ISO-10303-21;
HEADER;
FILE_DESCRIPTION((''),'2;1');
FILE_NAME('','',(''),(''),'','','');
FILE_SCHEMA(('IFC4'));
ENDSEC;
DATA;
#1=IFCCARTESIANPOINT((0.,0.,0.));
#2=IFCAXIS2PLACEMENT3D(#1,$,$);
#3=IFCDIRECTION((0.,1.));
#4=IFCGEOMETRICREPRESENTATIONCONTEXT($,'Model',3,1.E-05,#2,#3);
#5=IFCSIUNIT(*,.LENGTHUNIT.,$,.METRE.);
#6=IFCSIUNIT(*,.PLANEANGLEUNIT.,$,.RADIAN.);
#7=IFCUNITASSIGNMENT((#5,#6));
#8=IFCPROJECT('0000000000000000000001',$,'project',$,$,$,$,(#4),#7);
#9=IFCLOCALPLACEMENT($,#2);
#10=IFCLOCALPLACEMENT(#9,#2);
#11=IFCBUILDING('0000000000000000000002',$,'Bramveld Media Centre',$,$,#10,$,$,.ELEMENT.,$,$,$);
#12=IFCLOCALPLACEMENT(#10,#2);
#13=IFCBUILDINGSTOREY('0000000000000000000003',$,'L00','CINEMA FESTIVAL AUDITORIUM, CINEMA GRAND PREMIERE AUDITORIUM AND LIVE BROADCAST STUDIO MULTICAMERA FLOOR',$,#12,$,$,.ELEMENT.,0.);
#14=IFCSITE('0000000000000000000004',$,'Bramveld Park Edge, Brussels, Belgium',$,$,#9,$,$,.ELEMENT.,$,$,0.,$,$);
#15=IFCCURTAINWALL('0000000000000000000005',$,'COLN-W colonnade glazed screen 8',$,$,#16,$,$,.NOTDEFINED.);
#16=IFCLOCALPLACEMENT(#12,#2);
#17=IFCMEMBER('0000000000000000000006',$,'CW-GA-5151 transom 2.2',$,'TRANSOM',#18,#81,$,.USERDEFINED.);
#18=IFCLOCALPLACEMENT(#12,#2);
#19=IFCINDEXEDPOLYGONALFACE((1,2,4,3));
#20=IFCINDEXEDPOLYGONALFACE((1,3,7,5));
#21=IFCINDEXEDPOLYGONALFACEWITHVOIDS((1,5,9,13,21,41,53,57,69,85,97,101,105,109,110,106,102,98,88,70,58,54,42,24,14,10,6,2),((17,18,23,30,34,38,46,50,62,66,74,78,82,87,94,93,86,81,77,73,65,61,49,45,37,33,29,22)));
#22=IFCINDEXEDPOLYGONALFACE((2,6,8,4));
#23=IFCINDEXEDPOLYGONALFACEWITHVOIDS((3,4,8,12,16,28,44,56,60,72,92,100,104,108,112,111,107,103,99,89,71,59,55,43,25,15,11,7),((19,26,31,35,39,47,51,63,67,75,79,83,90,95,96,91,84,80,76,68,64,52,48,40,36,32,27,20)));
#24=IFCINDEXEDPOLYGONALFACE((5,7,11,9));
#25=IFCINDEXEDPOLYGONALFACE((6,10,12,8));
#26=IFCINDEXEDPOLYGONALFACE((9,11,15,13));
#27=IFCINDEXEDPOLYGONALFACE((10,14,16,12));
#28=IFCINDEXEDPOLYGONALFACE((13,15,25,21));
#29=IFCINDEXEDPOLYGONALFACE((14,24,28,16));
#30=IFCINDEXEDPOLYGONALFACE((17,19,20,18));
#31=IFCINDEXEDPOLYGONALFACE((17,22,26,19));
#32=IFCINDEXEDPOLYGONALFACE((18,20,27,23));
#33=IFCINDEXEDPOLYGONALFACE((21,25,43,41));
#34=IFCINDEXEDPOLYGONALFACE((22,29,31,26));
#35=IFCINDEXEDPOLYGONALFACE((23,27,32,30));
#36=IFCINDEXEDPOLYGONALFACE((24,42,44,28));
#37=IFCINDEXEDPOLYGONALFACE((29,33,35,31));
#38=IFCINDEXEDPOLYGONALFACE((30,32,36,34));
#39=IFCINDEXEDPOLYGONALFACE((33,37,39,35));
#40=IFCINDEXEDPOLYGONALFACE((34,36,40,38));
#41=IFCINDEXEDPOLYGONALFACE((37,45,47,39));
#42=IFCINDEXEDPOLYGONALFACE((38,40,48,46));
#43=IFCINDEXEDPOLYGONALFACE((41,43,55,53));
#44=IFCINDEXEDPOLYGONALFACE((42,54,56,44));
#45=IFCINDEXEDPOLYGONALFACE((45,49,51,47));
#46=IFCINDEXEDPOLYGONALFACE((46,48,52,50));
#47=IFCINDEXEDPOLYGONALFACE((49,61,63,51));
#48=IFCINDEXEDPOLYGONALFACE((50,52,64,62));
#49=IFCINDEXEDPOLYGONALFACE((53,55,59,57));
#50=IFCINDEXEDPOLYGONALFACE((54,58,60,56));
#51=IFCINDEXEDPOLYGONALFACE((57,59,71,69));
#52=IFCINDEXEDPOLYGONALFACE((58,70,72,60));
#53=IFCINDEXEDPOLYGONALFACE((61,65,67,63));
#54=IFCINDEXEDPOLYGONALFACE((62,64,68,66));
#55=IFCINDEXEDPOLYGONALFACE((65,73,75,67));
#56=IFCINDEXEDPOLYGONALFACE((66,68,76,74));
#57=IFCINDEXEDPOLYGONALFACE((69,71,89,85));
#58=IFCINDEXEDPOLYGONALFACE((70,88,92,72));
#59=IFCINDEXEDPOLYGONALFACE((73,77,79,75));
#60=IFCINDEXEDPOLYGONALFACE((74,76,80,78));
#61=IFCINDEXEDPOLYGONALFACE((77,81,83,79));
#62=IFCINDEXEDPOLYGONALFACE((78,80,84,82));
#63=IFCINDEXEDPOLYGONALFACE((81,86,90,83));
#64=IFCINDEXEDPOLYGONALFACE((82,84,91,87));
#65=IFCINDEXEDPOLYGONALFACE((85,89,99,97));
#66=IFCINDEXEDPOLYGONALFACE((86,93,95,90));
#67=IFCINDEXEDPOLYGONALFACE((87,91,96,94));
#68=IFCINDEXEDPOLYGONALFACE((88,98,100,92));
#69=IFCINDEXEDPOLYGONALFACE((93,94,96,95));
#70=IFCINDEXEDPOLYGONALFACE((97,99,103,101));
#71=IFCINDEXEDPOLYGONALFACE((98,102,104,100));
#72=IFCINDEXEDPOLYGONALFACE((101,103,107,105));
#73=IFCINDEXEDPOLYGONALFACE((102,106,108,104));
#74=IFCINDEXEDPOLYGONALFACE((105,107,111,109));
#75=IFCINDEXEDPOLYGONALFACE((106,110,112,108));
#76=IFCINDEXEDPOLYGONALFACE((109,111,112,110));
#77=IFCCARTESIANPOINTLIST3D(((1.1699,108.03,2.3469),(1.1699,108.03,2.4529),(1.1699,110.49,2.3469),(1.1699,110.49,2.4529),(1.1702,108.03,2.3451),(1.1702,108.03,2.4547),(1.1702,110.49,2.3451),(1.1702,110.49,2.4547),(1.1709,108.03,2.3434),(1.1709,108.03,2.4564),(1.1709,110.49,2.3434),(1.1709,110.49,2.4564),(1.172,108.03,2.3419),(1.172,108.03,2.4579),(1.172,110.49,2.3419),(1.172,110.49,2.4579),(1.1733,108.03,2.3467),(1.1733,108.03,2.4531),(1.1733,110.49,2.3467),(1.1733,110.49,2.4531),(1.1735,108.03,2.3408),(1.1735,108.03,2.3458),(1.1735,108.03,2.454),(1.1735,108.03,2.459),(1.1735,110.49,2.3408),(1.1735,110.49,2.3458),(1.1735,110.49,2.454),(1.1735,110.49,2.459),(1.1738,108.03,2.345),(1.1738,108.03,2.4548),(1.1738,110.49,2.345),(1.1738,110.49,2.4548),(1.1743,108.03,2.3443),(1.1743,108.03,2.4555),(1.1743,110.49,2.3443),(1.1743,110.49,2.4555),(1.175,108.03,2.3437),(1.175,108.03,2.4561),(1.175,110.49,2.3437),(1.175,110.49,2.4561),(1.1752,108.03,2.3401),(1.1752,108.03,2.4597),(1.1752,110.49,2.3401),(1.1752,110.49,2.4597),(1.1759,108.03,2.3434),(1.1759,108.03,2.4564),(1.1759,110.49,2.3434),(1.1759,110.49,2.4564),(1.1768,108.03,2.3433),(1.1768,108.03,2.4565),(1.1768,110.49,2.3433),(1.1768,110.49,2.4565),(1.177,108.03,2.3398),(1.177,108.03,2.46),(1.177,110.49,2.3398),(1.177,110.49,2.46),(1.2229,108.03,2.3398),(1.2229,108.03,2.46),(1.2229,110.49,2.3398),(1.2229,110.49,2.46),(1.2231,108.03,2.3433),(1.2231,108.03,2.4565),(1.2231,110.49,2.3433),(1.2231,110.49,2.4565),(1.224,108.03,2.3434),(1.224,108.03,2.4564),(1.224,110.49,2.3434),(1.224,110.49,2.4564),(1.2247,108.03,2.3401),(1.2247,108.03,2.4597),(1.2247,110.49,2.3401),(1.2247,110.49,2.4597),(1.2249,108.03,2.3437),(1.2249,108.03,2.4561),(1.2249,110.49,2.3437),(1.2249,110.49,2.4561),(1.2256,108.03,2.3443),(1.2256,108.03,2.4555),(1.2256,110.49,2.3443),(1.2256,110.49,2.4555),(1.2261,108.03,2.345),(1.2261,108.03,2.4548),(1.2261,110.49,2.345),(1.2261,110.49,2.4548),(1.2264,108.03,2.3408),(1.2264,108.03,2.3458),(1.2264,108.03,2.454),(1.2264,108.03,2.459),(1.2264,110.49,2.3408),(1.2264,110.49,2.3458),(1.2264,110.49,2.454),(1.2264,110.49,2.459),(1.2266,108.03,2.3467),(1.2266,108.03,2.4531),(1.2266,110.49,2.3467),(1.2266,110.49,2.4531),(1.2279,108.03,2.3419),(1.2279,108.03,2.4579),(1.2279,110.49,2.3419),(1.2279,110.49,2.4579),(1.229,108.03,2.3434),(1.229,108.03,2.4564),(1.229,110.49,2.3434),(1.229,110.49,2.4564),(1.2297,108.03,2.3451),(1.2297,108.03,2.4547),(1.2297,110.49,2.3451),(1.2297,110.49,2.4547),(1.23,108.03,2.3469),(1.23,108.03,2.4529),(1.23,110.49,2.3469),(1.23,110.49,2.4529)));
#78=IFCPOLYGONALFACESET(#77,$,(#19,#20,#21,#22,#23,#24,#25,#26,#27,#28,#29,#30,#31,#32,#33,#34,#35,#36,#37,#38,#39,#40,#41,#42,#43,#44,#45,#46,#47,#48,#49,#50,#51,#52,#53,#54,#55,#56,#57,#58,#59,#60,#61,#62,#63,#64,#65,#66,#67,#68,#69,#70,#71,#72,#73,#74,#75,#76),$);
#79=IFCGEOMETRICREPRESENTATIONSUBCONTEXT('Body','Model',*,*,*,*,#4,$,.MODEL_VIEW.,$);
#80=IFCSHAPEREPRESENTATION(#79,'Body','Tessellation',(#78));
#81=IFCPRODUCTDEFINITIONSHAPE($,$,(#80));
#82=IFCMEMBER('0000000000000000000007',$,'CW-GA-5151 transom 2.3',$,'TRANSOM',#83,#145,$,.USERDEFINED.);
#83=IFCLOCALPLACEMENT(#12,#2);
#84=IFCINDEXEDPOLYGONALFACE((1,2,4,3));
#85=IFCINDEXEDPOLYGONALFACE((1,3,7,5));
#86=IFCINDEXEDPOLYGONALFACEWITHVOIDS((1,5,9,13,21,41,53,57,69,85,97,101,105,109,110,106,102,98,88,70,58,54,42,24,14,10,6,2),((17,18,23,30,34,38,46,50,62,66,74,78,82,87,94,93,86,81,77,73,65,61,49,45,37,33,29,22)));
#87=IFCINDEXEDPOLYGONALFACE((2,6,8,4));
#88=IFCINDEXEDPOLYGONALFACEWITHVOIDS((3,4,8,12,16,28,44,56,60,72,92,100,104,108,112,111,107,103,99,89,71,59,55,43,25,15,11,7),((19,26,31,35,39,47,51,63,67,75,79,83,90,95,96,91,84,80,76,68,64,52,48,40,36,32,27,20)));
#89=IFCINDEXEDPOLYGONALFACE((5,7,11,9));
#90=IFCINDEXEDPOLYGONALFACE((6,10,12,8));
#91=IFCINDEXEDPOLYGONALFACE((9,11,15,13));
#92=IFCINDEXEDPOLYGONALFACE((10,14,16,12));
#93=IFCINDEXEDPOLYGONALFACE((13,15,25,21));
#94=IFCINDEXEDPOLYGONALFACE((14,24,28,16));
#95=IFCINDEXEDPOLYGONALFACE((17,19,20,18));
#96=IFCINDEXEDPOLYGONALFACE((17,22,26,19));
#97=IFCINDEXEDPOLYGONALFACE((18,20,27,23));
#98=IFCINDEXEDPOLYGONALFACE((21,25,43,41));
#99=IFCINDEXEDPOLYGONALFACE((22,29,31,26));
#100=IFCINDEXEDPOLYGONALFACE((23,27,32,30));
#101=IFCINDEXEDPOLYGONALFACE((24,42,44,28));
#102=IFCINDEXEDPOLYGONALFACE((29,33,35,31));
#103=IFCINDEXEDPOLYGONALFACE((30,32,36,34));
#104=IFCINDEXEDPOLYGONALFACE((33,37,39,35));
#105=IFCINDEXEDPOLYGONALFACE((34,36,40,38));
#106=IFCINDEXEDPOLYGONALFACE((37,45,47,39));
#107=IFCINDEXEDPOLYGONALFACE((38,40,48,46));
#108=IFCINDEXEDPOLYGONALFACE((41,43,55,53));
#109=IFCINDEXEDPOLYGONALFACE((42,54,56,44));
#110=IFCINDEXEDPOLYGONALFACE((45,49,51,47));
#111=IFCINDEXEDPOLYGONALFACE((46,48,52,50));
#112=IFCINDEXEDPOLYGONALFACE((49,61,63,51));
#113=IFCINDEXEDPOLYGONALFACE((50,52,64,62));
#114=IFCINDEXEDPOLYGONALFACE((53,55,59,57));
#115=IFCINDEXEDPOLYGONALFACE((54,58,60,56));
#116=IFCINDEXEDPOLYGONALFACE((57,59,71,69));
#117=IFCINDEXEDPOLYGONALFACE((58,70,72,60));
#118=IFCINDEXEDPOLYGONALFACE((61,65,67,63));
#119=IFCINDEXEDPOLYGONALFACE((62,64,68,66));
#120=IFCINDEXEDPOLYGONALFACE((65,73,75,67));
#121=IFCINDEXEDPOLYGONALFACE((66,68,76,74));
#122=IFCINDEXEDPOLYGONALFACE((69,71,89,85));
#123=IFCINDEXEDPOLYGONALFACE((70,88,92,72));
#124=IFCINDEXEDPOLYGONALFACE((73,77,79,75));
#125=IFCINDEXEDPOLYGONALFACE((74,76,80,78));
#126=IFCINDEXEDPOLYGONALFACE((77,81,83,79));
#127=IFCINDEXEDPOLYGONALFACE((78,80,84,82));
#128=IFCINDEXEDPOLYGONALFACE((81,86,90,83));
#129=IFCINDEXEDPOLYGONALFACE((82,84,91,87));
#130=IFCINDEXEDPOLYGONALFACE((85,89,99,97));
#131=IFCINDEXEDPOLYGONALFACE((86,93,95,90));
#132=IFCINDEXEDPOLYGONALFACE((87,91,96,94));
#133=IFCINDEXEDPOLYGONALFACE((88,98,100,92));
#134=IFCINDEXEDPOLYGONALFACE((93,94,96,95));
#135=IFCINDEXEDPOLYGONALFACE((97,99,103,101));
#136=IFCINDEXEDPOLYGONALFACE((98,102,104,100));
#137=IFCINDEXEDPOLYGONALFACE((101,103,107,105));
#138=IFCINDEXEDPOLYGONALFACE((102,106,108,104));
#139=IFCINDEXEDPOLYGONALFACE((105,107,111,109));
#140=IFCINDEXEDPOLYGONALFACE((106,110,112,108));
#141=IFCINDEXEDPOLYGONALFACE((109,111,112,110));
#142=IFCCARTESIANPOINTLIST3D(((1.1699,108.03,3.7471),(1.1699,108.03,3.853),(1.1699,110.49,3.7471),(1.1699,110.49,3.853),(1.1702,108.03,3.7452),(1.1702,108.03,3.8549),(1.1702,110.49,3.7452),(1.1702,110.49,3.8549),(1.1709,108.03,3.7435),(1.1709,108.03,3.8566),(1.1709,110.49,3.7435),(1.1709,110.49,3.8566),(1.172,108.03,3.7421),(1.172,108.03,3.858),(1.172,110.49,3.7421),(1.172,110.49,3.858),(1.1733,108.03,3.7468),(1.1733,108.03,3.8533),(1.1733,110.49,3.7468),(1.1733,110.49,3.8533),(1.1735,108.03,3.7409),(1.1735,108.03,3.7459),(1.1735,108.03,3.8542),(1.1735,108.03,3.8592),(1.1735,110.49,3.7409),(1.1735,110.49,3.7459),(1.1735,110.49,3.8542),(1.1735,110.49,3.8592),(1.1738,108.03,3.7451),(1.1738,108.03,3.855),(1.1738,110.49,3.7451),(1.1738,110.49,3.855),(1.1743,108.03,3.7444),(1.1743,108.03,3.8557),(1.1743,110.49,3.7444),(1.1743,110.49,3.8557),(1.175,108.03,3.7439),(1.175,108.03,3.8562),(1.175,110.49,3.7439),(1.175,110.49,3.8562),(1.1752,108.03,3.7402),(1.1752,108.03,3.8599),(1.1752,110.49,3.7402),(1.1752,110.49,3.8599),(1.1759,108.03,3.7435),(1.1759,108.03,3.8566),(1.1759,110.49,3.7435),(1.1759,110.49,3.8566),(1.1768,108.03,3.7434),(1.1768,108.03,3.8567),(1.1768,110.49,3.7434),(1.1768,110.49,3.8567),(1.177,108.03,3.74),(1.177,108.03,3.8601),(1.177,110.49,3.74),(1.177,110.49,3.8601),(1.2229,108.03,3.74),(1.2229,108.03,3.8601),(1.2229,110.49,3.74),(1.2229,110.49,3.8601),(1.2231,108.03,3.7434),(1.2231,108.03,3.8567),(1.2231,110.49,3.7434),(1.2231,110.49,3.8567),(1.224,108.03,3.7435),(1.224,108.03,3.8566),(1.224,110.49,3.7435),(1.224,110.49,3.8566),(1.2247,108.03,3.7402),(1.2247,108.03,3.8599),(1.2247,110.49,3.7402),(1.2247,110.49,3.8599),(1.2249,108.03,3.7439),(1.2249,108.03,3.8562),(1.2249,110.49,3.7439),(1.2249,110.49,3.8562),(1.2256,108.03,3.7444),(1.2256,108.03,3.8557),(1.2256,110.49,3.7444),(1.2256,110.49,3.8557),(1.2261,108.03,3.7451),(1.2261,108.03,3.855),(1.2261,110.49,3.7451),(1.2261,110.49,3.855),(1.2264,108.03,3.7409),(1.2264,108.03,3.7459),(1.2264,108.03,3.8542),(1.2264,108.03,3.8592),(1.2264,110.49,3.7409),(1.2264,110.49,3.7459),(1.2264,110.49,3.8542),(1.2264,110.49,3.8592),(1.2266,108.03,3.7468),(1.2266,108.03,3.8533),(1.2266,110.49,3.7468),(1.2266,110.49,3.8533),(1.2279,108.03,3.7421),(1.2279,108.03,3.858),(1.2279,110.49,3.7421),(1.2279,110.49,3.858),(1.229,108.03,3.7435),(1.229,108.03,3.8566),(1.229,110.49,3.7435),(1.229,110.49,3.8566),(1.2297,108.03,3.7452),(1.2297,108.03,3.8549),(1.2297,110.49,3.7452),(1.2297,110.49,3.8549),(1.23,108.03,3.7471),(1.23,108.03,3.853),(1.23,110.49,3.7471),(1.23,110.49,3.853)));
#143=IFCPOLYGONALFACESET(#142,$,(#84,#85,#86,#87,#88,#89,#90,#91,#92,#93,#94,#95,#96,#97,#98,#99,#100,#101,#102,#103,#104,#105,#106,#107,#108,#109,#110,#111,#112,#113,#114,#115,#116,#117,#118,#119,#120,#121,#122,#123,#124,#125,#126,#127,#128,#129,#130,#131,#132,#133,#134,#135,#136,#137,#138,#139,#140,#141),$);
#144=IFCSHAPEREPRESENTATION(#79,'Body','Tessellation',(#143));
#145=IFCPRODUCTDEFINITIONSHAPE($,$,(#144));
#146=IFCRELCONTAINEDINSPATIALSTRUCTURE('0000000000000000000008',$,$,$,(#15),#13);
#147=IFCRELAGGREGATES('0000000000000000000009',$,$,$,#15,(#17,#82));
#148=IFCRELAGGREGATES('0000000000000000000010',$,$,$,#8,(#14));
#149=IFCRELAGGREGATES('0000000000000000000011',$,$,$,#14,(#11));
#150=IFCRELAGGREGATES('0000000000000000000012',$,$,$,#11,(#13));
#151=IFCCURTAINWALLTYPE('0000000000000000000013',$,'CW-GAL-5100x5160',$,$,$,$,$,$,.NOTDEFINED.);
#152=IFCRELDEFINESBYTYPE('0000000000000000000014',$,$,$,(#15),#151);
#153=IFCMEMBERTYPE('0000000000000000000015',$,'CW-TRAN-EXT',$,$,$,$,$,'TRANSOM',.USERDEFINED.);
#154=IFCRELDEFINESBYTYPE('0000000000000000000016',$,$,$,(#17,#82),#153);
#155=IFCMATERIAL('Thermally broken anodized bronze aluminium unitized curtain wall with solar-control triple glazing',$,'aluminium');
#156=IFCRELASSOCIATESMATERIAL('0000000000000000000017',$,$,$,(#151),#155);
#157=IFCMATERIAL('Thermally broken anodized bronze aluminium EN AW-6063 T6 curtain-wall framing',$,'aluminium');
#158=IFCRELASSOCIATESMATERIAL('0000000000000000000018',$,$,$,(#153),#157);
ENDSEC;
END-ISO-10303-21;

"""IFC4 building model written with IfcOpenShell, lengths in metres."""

from ifc_helpers import new_model, si_unit, direction, frame, origin, origin_2d, place, context, subcontext, project, spatial, hollow_rectangle, extrude, material, material_profile, profile_set, type_object, element, aggregate, save


model = new_model("IFC4")

# Units and contexts
model_context = context("Model", 3, precision=1e-05, world=origin(), true_north=direction((0.0, 1.0)))
body_context = subcontext(model_context, "Body", "Model", "MODEL_VIEW")
ifc_project = project(units=[si_unit("LENGTHUNIT", "METRE"), si_unit("PLANEANGLEUNIT", "RADIAN")], contexts=[model_context])

# Site, building, storey
site_placement = place(None, origin())
site = spatial("IfcSite", under=ifc_project, at=site_placement, Name="Bramveld Park Edge, Brussels, Belgium", CompositionType="ELEMENT", RefElevation=0.0)
building_placement = place(site_placement, origin())
building = spatial("IfcBuilding", under=site, at=building_placement, Name="Bramveld Media Centre", CompositionType="ELEMENT")
storey_placement = place(building_placement, origin())
storey = spatial("IfcBuildingStorey", under=building, at=storey_placement, Name="L00", Description="CINEMA FESTIVAL AUDITORIUM, CINEMA GRAND PREMIERE AUDITORIUM AND LIVE BROADCAST STUDIO MULTICAMERA FLOOR", CompositionType="ELEMENT", Elevation=0.0)

# Curtain wall
ifc_material_1 = material(Name="Thermally broken anodized bronze aluminium unitized curtain wall with solar-control triple glazing", Category="aluminium")
curtain_wall_type = type_object("IfcCurtainWallType", Name="CW-GAL-5100x5160", PredefinedType="NOTDEFINED", material=ifc_material_1)
curtain_wall_1_placement = place(storey_placement, origin())
curtain_wall_1 = element("IfcCurtainWall", 1, at=curtain_wall_1_placement, inside=storey, type_object=curtain_wall_type, Name="COLN-W colonnade glazed screen 8", PredefinedType="NOTDEFINED")

# Members
ifc_material_2 = material(Name="Thermally broken anodized bronze aluminium EN AW-6063 T6 curtain-wall framing", Category="aluminium")
ifc_material_profile_1 = material_profile(ifc_material_2, hollow_rectangle(XDim=0.0601, YDim=0.1201, WallThickness=0.0034, InnerFilletRadius=0.0034, OuterFilletRadius=0.0071, at=origin_2d()), Name="AL-TRAN 60x120")
ifc_profile_set_1 = profile_set([ifc_material_profile_1], Name="Thermally broken anodized bronze aluminium EN AW-6063 T6 curtain-wall framing")
member_type_1 = type_object("IfcMemberType", Name="CW-TRAN-EXT", ElementType="TRANSOM", PredefinedType="USERDEFINED", material=ifc_profile_set_1)
member_1_placement = place(storey_placement, frame((1.2, 108.03, 2.3999), z_axis=(0.0, 1.0, 0.0), x_axis=(-1.0, 0.0, 0.0)))
member_1 = element("IfcMember", 2, at=member_1_placement, type_object=member_type_1, Name="CW-GA-5151 transom 2.2", ObjectType="TRANSOM", PredefinedType="USERDEFINED", context=body_context, shape_type="SweptSolid", body=[
    extrude(hollow_rectangle(XDim=0.0601, YDim=0.1201, WallThickness=0.0034, InnerFilletRadius=0.0034, OuterFilletRadius=0.0071, at=origin_2d()), origin(), (0.0, 0.0, 1.0), 2.46),
])
member_2_placement = place(storey_placement, frame((1.2, 108.03, 3.8), z_axis=(0.0, 1.0, 0.0), x_axis=(-1.0, 0.0, 0.0)))
member_2 = element("IfcMember", 3, at=member_2_placement, type_object=member_type_1, Name="CW-GA-5151 transom 2.3", ObjectType="TRANSOM", PredefinedType="USERDEFINED", context=body_context, shape_type="SweptSolid", body=[
    extrude(hollow_rectangle(XDim=0.0601, YDim=0.1201, WallThickness=0.0034, InnerFilletRadius=0.0034, OuterFilletRadius=0.0071, at=origin_2d()), origin(), (0.0, 0.0, 1.0), 2.46),
])

aggregate(curtain_wall_1, [member_1, member_2])

save(model, "model.ifc")
